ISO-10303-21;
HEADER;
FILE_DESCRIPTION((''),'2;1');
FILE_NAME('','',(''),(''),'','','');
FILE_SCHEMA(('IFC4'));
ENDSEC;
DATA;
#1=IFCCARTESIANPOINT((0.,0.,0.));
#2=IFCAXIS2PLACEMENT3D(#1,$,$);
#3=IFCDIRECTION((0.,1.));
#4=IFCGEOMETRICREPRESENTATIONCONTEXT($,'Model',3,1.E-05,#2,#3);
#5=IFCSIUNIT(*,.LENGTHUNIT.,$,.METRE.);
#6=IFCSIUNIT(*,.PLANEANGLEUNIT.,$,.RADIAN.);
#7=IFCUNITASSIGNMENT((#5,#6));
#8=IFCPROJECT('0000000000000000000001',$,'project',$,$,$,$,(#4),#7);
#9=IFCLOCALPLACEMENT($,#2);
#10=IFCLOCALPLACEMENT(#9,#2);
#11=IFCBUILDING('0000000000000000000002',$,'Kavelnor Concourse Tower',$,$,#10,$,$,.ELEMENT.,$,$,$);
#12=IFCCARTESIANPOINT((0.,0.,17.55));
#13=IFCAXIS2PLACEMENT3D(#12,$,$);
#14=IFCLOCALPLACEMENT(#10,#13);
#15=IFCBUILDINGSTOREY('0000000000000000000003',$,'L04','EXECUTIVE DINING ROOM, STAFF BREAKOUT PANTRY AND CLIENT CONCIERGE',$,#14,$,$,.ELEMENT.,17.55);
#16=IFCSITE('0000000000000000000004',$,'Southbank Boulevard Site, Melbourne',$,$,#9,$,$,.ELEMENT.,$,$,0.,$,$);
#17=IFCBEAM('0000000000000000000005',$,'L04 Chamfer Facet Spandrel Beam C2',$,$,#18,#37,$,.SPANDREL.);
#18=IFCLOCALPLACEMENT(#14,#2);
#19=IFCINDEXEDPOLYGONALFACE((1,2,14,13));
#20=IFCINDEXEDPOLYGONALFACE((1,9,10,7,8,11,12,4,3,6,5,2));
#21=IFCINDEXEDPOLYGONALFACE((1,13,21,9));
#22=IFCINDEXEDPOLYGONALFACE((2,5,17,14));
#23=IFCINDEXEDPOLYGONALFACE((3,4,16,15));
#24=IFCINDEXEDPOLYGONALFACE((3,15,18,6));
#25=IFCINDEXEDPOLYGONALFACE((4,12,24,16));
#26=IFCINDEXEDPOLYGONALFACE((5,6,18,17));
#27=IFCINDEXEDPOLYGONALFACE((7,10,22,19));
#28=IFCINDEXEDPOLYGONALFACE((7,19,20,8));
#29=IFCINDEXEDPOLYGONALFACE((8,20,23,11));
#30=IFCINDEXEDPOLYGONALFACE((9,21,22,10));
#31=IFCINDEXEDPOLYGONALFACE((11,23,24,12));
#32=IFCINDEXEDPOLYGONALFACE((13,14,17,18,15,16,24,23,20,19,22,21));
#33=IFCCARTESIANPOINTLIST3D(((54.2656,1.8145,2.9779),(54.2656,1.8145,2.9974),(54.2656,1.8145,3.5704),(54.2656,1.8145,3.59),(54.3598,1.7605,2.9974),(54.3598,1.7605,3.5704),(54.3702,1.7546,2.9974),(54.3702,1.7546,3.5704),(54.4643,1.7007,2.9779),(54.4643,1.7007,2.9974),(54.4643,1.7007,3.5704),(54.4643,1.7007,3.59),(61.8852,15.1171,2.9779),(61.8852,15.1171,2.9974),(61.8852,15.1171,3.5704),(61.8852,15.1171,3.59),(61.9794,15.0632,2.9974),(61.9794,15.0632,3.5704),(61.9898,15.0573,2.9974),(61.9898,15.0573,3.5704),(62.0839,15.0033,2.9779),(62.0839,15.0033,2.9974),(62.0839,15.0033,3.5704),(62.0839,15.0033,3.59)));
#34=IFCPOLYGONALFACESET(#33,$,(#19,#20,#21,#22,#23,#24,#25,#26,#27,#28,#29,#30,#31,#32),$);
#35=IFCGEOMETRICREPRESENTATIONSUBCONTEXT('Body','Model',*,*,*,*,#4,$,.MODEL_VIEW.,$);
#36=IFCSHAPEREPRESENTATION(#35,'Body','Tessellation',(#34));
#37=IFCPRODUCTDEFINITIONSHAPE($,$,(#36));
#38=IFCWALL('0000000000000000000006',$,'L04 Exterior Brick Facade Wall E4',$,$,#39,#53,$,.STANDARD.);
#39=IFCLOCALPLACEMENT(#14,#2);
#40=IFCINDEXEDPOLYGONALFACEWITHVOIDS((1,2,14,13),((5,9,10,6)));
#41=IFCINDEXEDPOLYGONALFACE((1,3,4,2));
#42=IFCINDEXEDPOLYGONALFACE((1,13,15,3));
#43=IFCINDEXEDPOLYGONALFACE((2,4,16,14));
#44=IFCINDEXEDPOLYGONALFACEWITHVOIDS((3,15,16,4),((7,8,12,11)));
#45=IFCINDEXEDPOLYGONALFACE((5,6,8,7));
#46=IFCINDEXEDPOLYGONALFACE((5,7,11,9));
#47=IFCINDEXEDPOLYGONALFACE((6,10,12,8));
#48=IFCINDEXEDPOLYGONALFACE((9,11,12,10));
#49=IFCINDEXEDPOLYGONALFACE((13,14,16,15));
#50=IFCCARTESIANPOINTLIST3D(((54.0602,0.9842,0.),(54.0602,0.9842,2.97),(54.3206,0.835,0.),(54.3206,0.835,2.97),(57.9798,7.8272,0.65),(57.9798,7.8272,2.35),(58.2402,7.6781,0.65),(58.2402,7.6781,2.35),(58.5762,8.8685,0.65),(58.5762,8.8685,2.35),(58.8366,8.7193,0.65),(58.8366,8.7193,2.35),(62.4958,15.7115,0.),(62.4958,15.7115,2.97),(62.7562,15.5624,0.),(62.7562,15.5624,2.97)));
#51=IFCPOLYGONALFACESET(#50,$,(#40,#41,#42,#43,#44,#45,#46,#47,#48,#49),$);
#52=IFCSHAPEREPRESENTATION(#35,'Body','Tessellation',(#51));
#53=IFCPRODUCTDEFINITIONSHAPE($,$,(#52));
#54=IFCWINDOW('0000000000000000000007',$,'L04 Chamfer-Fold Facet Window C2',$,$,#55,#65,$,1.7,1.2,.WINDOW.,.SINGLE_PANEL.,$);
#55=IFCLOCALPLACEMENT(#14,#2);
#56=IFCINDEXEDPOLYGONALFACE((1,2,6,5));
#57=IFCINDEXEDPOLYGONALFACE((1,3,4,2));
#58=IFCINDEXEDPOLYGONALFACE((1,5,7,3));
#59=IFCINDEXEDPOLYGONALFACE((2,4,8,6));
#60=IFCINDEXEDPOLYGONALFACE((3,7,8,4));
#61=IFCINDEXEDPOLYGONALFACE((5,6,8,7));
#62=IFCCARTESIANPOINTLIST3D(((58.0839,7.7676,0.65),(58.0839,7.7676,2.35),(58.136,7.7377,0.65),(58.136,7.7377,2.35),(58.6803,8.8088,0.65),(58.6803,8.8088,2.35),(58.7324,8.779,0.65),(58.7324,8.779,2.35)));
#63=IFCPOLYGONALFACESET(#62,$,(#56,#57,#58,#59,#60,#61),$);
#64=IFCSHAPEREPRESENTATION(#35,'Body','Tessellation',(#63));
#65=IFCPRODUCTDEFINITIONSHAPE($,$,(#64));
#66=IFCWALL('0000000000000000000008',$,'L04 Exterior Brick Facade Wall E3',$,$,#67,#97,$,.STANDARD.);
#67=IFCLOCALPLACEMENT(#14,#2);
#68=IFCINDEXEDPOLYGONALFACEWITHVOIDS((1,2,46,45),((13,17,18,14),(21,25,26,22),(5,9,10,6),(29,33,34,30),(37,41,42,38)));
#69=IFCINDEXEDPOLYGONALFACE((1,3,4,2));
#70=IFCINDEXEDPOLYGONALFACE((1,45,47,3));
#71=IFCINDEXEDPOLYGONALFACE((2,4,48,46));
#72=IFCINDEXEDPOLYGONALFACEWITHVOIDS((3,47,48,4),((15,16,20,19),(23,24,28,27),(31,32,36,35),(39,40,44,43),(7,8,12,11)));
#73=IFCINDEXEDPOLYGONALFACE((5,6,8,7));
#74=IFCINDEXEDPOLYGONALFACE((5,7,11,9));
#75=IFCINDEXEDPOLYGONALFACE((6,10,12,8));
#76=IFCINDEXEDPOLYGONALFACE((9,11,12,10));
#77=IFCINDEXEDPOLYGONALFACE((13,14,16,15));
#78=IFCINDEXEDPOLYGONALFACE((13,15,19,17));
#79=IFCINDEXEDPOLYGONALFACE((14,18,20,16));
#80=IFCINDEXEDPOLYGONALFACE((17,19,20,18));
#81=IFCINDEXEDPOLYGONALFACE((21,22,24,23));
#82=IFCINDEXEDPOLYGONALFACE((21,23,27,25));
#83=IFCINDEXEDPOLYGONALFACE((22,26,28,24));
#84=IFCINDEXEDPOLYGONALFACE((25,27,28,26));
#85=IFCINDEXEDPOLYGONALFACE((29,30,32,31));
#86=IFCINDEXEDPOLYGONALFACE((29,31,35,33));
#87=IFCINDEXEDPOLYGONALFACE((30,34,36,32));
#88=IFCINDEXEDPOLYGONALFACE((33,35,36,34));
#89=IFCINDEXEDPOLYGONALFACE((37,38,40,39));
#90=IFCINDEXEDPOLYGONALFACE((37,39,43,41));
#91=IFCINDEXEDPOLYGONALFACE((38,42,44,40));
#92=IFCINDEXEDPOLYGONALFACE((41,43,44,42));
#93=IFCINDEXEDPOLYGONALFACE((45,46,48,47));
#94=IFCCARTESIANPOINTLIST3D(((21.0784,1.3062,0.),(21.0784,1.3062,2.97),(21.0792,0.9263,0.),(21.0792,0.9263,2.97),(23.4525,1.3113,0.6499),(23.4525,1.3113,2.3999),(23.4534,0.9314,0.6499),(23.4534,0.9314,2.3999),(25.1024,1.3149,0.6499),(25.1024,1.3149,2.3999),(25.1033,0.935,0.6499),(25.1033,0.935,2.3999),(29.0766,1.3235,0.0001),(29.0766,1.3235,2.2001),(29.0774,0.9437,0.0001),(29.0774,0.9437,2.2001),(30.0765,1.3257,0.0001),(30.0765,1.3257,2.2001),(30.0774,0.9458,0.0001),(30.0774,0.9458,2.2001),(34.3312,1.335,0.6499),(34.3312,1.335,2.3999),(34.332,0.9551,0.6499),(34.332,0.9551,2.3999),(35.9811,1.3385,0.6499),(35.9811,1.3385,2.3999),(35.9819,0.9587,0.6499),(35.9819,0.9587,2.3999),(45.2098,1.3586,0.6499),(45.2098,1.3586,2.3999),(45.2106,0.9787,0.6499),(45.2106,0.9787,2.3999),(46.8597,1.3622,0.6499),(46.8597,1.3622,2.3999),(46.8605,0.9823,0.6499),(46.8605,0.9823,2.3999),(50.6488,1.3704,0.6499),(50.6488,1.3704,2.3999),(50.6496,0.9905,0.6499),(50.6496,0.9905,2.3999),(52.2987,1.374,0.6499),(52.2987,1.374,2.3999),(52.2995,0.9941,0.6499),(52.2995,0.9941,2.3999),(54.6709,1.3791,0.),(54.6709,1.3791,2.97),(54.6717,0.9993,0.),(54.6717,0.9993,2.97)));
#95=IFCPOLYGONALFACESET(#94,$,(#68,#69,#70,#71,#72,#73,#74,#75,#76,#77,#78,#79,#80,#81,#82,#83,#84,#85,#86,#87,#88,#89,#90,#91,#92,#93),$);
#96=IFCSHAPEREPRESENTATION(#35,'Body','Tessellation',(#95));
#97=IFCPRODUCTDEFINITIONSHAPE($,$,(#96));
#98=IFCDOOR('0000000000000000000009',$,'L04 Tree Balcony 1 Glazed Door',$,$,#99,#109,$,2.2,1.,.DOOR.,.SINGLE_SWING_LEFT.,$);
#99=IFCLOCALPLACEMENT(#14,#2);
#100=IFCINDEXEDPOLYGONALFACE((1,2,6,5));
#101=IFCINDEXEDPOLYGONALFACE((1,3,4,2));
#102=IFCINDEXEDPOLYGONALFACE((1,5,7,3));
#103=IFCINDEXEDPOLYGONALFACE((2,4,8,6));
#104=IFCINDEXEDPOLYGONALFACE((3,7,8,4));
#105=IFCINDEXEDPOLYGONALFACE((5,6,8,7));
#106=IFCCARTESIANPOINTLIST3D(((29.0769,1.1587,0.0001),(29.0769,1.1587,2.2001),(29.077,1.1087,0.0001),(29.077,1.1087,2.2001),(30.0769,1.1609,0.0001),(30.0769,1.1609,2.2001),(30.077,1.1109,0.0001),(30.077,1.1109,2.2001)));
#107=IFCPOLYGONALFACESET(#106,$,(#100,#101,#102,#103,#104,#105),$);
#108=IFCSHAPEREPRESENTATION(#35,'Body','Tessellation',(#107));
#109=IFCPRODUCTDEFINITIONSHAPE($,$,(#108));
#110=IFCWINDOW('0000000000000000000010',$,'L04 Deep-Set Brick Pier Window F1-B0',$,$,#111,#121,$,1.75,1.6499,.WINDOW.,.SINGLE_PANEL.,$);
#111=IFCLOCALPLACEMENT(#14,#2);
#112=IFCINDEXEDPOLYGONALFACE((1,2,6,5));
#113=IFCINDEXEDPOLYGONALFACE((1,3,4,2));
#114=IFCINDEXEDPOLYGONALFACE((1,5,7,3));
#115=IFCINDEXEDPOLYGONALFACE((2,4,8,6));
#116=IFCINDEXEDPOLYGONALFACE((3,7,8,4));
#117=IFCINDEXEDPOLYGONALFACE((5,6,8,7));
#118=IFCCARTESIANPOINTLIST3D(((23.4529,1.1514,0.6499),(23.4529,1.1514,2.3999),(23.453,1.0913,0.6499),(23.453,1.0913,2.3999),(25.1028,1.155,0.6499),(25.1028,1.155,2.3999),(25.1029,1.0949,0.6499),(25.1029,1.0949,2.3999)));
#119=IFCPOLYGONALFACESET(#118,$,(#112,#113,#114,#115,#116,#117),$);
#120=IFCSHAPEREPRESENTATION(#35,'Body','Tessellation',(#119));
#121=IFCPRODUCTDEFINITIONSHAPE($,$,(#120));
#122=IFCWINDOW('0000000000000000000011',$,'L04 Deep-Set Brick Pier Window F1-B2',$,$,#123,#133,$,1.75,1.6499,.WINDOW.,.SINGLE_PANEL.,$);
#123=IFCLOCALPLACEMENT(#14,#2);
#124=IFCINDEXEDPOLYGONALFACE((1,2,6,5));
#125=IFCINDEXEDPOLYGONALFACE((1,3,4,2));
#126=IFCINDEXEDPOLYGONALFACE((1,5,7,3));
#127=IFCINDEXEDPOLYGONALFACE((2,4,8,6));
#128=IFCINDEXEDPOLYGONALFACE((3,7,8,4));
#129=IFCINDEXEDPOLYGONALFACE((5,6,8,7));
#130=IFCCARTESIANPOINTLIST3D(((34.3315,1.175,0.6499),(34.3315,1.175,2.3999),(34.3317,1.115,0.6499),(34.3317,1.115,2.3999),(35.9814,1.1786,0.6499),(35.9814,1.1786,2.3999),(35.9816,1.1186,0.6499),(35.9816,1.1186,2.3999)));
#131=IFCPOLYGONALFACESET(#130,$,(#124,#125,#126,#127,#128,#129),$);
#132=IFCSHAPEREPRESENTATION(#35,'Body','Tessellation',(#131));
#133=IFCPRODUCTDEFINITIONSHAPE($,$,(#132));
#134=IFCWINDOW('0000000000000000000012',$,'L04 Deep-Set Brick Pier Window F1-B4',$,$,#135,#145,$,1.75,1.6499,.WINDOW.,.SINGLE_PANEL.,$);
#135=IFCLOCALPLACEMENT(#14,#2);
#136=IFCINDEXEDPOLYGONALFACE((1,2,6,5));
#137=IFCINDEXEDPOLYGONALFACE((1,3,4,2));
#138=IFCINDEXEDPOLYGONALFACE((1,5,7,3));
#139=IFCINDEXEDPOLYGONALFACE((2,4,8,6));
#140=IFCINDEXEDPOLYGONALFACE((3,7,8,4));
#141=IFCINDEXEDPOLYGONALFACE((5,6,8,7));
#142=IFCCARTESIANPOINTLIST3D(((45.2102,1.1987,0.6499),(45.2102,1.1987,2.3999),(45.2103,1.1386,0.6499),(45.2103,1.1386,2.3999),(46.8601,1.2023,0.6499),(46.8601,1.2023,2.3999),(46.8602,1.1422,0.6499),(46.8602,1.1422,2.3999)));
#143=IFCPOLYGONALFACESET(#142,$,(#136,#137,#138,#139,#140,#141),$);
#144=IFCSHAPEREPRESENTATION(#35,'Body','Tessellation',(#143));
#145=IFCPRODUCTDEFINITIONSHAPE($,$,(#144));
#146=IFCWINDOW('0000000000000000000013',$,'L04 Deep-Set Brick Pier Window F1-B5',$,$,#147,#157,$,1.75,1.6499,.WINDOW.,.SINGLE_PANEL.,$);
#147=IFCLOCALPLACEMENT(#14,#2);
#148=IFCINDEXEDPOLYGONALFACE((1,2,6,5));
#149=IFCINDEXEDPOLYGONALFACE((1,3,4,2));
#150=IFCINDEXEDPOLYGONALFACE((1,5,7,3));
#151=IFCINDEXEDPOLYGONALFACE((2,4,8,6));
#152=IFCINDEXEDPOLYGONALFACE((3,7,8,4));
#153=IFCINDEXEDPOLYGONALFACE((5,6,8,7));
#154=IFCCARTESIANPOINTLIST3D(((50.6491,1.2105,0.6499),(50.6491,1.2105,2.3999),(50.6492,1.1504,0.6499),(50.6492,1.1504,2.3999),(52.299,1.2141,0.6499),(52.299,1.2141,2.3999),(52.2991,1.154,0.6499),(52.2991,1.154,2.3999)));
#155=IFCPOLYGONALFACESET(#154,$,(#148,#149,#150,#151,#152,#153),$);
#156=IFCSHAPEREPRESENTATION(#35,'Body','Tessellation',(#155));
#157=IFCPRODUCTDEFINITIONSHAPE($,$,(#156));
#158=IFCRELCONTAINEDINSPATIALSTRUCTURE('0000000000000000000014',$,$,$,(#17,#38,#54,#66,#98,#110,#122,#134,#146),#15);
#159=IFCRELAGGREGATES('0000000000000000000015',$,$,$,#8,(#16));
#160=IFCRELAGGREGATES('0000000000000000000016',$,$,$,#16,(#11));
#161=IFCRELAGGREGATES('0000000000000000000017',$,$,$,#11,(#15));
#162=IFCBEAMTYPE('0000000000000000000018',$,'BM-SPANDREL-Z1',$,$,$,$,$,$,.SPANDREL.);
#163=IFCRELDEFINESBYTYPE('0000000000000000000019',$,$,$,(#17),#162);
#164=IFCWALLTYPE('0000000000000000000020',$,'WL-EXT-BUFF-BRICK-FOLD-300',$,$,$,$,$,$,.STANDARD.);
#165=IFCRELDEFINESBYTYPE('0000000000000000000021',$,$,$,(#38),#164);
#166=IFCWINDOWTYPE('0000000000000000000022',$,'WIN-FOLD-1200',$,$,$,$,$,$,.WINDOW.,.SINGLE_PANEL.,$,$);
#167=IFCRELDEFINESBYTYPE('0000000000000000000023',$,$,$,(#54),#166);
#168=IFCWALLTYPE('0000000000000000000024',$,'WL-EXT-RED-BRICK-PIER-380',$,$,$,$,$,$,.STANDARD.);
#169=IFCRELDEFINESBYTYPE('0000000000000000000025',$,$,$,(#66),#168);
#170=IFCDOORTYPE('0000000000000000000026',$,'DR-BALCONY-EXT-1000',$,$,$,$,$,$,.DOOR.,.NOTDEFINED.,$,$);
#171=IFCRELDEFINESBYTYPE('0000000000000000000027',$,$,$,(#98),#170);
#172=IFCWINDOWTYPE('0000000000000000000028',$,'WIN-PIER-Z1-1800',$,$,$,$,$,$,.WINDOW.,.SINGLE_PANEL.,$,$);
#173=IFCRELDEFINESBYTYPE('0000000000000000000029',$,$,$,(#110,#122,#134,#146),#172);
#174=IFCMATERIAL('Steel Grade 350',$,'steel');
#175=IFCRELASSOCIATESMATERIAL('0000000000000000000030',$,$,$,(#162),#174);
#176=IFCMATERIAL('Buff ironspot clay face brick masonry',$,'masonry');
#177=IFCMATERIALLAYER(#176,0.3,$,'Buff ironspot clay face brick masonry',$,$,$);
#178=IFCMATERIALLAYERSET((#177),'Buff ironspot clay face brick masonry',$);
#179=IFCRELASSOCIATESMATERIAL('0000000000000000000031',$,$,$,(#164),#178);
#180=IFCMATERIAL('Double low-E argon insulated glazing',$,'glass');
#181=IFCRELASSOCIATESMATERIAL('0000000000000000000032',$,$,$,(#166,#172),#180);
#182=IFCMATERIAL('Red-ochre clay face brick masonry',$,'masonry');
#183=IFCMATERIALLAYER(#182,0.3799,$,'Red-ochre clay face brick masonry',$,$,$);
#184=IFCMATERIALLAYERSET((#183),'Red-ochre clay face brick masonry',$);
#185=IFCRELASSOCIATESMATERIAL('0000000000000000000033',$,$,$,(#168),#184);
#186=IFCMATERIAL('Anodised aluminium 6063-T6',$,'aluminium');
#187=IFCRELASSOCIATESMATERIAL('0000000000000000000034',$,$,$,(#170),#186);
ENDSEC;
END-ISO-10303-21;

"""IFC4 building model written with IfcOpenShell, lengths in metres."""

from ifc_helpers import new_model, si_unit, direction, frame, frame_2d, origin, origin_2d, place, context, subcontext, project, spatial, rectangle, i_section, extrude, material, layer, layer_set, material_profile, profile_set, type_object, element, fill, save


model = new_model("IFC4")

# Units and contexts
model_context = context("Model", 3, precision=1e-05, world=origin(), true_north=direction((0.0, 1.0)))
body_context = subcontext(model_context, "Body", "Model", "MODEL_VIEW")
ifc_project = project(units=[si_unit("LENGTHUNIT", "METRE"), si_unit("PLANEANGLEUNIT", "RADIAN")], contexts=[model_context])

# Site, building, storey
site_placement = place(None, origin())
site = spatial("IfcSite", under=ifc_project, at=site_placement, Name="Southbank Boulevard Site, Melbourne", CompositionType="ELEMENT", RefElevation=0.0)
building_placement = place(site_placement, origin())
building = spatial("IfcBuilding", under=site, at=building_placement, Name="Kavelnor Concourse Tower", CompositionType="ELEMENT")
storey_placement = place(building_placement, frame((0.0, 0.0, 17.55)))
storey = spatial("IfcBuildingStorey", under=building, at=storey_placement, Name="L04", Description="EXECUTIVE DINING ROOM, STAFF BREAKOUT PANTRY AND CLIENT CONCIERGE", CompositionType="ELEMENT", Elevation=17.55)

# Shared definitions
ifc_material_1 = material(Name="Steel Grade 350", Category="steel")

# Beam
ifc_material_profile_1 = material_profile(ifc_material_1, i_section(OverallWidth=0.229, OverallDepth=0.6121, WebThickness=0.012, FlangeThickness=0.0195, at=origin_2d()), Name="610UB125")
ifc_profile_set_1 = profile_set([ifc_material_profile_1], Name="Steel Grade 350")
beam_type_1 = type_object("IfcBeamType", Name="BM-SPANDREL-Z1", PredefinedType="SPANDREL", material=ifc_profile_set_1)
beam_1_placement = place(storey_placement, frame((54.365, 1.7576, 3.2839), z_axis=(0.497027, 0.867735, 0.0), x_axis=(-0.867735, 0.497027, 0.0)))
element("IfcBeam", 1, at=beam_1_placement, inside=storey, type_object=beam_type_1, Name="L04 Chamfer Facet Spandrel Beam C2", PredefinedType="SPANDREL", context=body_context, shape_type="SweptSolid", body=[
    extrude(i_section(OverallWidth=0.229, OverallDepth=0.6121, WebThickness=0.012, FlangeThickness=0.0195, at=origin_2d()), origin(), (0.0, 0.0, 1.0), 15.3303),
])

# Wall, opening, window
ifc_material_2 = material(Name="Buff ironspot clay face brick masonry", Category="masonry")
ifc_layer_1 = layer(ifc_material_2, 0.3, Name="Buff ironspot clay face brick masonry")
ifc_layer_set_1 = layer_set([ifc_layer_1], Name="Buff ironspot clay face brick masonry")
wall_type_1 = type_object("IfcWallType", Name="WL-EXT-BUFF-BRICK-FOLD-300", PredefinedType="STANDARD", material=ifc_layer_set_1)
wall_1_placement = place(storey_placement, frame((62.626, 15.637, 0.0), z_axis=(0.0, 0.0, 1.0), x_axis=(-0.497025, -0.867736, 0.0)))
wall_1 = element("IfcWall", 2, at=wall_1_placement, inside=storey, type_object=wall_type_1, Name="L04 Exterior Brick Facade Wall E4", PredefinedType="STANDARD", context=body_context, shape_type="SweptSolid", body=[
    extrude(rectangle(XDim=16.9722, YDim=0.3, at=frame_2d((8.4861, 0.0))), origin(), (0.0, 0.0, 1.0), 2.97),
])
opening_1_placement = place(wall_1_placement, frame((7.886, 0.0, 0.6499)))
opening_1 = element("IfcOpeningElement", 3, at=opening_1_placement, cuts=wall_1, PredefinedType="OPENING", context=body_context, shape_type="SweptSolid", body=[
    extrude(rectangle(XDim=1.2, YDim=1.7, at=frame_2d((0.6001, 0.8501))), frame((0.0, 0.1602, 0.0), z_axis=(0.0, -1.0, 0.0), x_axis=(1.0, 0.0, 0.0)), (0.0, 0.0, 1.0), 0.3201),
])
ifc_material_3 = material(Name="Double low-E argon insulated glazing", Category="glass")
window_type_1 = type_object("IfcWindowType", Name="WIN-FOLD-1200", PartitioningType="SINGLE_PANEL", PredefinedType="WINDOW", material=ifc_material_3)
window_1_placement = place(opening_1_placement, origin())
window_1 = element("IfcWindow", 4, at=window_1_placement, inside=storey, type_object=window_type_1, Name="L04 Chamfer-Fold Facet Window C2", OverallHeight=1.7, OverallWidth=1.2, PartitioningType="SINGLE_PANEL", PredefinedType="WINDOW", context=body_context, shape_type="SweptSolid", body=[
    extrude(rectangle(XDim=1.2, YDim=1.7, at=frame_2d((0.6001, 0.8501))), frame((0.0, 0.03, 0.0), z_axis=(0.0, -1.0, 0.0), x_axis=(1.0, 0.0, 0.0)), (0.0, 0.0, 1.0), 0.0601),
])
fill(opening_1, window_1)

# Wall, openings, door, windows
ifc_material_4 = material(Name="Red-ochre clay face brick masonry", Category="masonry")
ifc_layer_2 = layer(ifc_material_4, 0.3799, Name="Red-ochre clay face brick masonry")
ifc_layer_set_2 = layer_set([ifc_layer_2], Name="Red-ochre clay face brick masonry")
wall_type_2 = type_object("IfcWallType", Name="WL-EXT-RED-BRICK-PIER-380", PredefinedType="STANDARD", material=ifc_layer_set_2)
wall_2_placement = place(storey_placement, frame((54.6714, 1.1892, 0.0), z_axis=(0.0, 0.0, 1.0), x_axis=(-0.999998, -0.002173, 0.0)))
wall_2 = element("IfcWall", 5, at=wall_2_placement, inside=storey, type_object=wall_type_2, Name="L04 Exterior Brick Facade Wall E3", PredefinedType="STANDARD", context=body_context, shape_type="SweptSolid", body=[
    extrude(rectangle(XDim=33.5925, YDim=0.3799, at=frame_2d((16.7964, 0.0))), origin(), (0.0, 0.0, 1.0), 2.97),
])
opening_2_placement = place(wall_2_placement, frame((24.5945, 0.0, 0.0)))
opening_2 = element("IfcOpeningElement", 6, at=opening_2_placement, cuts=wall_2, PredefinedType="OPENING", context=body_context, shape_type="SweptSolid", body=[
    extrude(rectangle(XDim=1.0, YDim=2.2, at=frame_2d((0.5, 1.1001))), frame((0.0, 0.2, 0.0), z_axis=(0.0, -1.0, 0.0), x_axis=(1.0, 0.0, 0.0)), (0.0, 0.0, 1.0), 0.3999),
])
opening_3_placement = place(wall_2_placement, frame((29.5686, 0.0, 0.6499)))
opening_3 = element("IfcOpeningElement", 7, at=opening_3_placement, cuts=wall_2, PredefinedType="OPENING", context=body_context, shape_type="SweptSolid", body=[
    extrude(rectangle(XDim=1.6499, YDim=1.75, at=frame_2d((0.825, 0.875))), frame((0.0, 0.2, 0.0), z_axis=(0.0, -1.0, 0.0), x_axis=(1.0, 0.0, 0.0)), (0.0, 0.0, 1.0), 0.3999),
])
opening_4_placement = place(wall_2_placement, frame((18.6899, 0.0, 0.6499)))
opening_4 = element("IfcOpeningElement", 8, at=opening_4_placement, cuts=wall_2, PredefinedType="OPENING", context=body_context, shape_type="SweptSolid", body=[
    extrude(rectangle(XDim=1.6499, YDim=1.75, at=frame_2d((0.825, 0.875))), frame((0.0, 0.2, 0.0), z_axis=(0.0, -1.0, 0.0), x_axis=(1.0, 0.0, 0.0)), (0.0, 0.0, 1.0), 0.3999),
])
opening_5_placement = place(wall_2_placement, frame((7.8113, 0.0, 0.6499)))
opening_5 = element("IfcOpeningElement", 9, at=opening_5_placement, cuts=wall_2, PredefinedType="OPENING", context=body_context, shape_type="SweptSolid", body=[
    extrude(rectangle(XDim=1.6499, YDim=1.75, at=frame_2d((0.825, 0.875))), frame((0.0, 0.2, 0.0), z_axis=(0.0, -1.0, 0.0), x_axis=(1.0, 0.0, 0.0)), (0.0, 0.0, 1.0), 0.3999),
])
opening_6_placement = place(wall_2_placement, frame((2.3723, 0.0, 0.6499)))
opening_6 = element("IfcOpeningElement", 10, at=opening_6_placement, cuts=wall_2, PredefinedType="OPENING", context=body_context, shape_type="SweptSolid", body=[
    extrude(rectangle(XDim=1.6499, YDim=1.75, at=frame_2d((0.825, 0.875))), frame((0.0, 0.2, 0.0), z_axis=(0.0, -1.0, 0.0), x_axis=(1.0, 0.0, 0.0)), (0.0, 0.0, 1.0), 0.3999),
])
ifc_material_5 = material(Name="Anodised aluminium 6063-T6", Category="aluminium")
door_type_1 = type_object("IfcDoorType", Name="DR-BALCONY-EXT-1000", OperationType="NOTDEFINED", PredefinedType="DOOR", material=ifc_material_5)
door_1_placement = place(opening_2_placement, origin())
door_1 = element("IfcDoor", 11, at=door_1_placement, inside=storey, type_object=door_type_1, Name="L04 Tree Balcony 1 Glazed Door", OperationType="SINGLE_SWING_LEFT", OverallHeight=2.2, OverallWidth=1.0, PredefinedType="DOOR", context=body_context, shape_type="SweptSolid", body=[
    extrude(rectangle(XDim=1.0, YDim=2.2, at=frame_2d((0.5, 1.1001))), frame((0.0, 0.0249, 0.0), z_axis=(0.0, -1.0, 0.0), x_axis=(1.0, 0.0, 0.0)), (0.0, 0.0, 1.0), 0.05),
])
fill(opening_2, door_1)
window_type_2 = type_object("IfcWindowType", Name="WIN-PIER-Z1-1800", PartitioningType="SINGLE_PANEL", PredefinedType="WINDOW", material=ifc_material_3)
window_2_placement = place(opening_3_placement, origin())
window_2 = element("IfcWindow", 12, at=window_2_placement, inside=storey, type_object=window_type_2, Name="L04 Deep-Set Brick Pier Window F1-B0", OverallHeight=1.75, OverallWidth=1.6499, PartitioningType="SINGLE_PANEL", PredefinedType="WINDOW", context=body_context, shape_type="SweptSolid", body=[
    extrude(rectangle(XDim=1.6499, YDim=1.75, at=frame_2d((0.825, 0.875))), frame((0.0, 0.03, 0.0), z_axis=(0.0, -1.0, 0.0), x_axis=(1.0, 0.0, 0.0)), (0.0, 0.0, 1.0), 0.0601),
])
fill(opening_3, window_2)
window_3_placement = place(opening_4_placement, origin())
window_3 = element("IfcWindow", 13, at=window_3_placement, inside=storey, type_object=window_type_2, Name="L04 Deep-Set Brick Pier Window F1-B2", OverallHeight=1.75, OverallWidth=1.6499, PartitioningType="SINGLE_PANEL", PredefinedType="WINDOW", context=body_context, shape_type="SweptSolid", body=[
    extrude(rectangle(XDim=1.6499, YDim=1.75, at=frame_2d((0.825, 0.875))), frame((0.0, 0.03, 0.0), z_axis=(0.0, -1.0, 0.0), x_axis=(1.0, 0.0, 0.0)), (0.0, 0.0, 1.0), 0.0601),
])
fill(opening_4, window_3)
window_4_placement = place(opening_5_placement, origin())
window_4 = element("IfcWindow", 14, at=window_4_placement, inside=storey, type_object=window_type_2, Name="L04 Deep-Set Brick Pier Window F1-B4", OverallHeight=1.75, OverallWidth=1.6499, PartitioningType="SINGLE_PANEL", PredefinedType="WINDOW", context=body_context, shape_type="SweptSolid", body=[
    extrude(rectangle(XDim=1.6499, YDim=1.75, at=frame_2d((0.825, 0.875))), frame((0.0, 0.03, 0.0), z_axis=(0.0, -1.0, 0.0), x_axis=(1.0, 0.0, 0.0)), (0.0, 0.0, 1.0), 0.0601),
])
fill(opening_5, window_4)
window_5_placement = place(opening_6_placement, origin())
window_5 = element("IfcWindow", 15, at=window_5_placement, inside=storey, type_object=window_type_2, Name="L04 Deep-Set Brick Pier Window F1-B5", OverallHeight=1.75, OverallWidth=1.6499, PartitioningType="SINGLE_PANEL", PredefinedType="WINDOW", context=body_context, shape_type="SweptSolid", body=[
    extrude(rectangle(XDim=1.6499, YDim=1.75, at=frame_2d((0.825, 0.875))), frame((0.0, 0.03, 0.0), z_axis=(0.0, -1.0, 0.0), x_axis=(1.0, 0.0, 0.0)), (0.0, 0.0, 1.0), 0.0601),
])
fill(opening_6, window_5)

save(model, "model.ifc")
